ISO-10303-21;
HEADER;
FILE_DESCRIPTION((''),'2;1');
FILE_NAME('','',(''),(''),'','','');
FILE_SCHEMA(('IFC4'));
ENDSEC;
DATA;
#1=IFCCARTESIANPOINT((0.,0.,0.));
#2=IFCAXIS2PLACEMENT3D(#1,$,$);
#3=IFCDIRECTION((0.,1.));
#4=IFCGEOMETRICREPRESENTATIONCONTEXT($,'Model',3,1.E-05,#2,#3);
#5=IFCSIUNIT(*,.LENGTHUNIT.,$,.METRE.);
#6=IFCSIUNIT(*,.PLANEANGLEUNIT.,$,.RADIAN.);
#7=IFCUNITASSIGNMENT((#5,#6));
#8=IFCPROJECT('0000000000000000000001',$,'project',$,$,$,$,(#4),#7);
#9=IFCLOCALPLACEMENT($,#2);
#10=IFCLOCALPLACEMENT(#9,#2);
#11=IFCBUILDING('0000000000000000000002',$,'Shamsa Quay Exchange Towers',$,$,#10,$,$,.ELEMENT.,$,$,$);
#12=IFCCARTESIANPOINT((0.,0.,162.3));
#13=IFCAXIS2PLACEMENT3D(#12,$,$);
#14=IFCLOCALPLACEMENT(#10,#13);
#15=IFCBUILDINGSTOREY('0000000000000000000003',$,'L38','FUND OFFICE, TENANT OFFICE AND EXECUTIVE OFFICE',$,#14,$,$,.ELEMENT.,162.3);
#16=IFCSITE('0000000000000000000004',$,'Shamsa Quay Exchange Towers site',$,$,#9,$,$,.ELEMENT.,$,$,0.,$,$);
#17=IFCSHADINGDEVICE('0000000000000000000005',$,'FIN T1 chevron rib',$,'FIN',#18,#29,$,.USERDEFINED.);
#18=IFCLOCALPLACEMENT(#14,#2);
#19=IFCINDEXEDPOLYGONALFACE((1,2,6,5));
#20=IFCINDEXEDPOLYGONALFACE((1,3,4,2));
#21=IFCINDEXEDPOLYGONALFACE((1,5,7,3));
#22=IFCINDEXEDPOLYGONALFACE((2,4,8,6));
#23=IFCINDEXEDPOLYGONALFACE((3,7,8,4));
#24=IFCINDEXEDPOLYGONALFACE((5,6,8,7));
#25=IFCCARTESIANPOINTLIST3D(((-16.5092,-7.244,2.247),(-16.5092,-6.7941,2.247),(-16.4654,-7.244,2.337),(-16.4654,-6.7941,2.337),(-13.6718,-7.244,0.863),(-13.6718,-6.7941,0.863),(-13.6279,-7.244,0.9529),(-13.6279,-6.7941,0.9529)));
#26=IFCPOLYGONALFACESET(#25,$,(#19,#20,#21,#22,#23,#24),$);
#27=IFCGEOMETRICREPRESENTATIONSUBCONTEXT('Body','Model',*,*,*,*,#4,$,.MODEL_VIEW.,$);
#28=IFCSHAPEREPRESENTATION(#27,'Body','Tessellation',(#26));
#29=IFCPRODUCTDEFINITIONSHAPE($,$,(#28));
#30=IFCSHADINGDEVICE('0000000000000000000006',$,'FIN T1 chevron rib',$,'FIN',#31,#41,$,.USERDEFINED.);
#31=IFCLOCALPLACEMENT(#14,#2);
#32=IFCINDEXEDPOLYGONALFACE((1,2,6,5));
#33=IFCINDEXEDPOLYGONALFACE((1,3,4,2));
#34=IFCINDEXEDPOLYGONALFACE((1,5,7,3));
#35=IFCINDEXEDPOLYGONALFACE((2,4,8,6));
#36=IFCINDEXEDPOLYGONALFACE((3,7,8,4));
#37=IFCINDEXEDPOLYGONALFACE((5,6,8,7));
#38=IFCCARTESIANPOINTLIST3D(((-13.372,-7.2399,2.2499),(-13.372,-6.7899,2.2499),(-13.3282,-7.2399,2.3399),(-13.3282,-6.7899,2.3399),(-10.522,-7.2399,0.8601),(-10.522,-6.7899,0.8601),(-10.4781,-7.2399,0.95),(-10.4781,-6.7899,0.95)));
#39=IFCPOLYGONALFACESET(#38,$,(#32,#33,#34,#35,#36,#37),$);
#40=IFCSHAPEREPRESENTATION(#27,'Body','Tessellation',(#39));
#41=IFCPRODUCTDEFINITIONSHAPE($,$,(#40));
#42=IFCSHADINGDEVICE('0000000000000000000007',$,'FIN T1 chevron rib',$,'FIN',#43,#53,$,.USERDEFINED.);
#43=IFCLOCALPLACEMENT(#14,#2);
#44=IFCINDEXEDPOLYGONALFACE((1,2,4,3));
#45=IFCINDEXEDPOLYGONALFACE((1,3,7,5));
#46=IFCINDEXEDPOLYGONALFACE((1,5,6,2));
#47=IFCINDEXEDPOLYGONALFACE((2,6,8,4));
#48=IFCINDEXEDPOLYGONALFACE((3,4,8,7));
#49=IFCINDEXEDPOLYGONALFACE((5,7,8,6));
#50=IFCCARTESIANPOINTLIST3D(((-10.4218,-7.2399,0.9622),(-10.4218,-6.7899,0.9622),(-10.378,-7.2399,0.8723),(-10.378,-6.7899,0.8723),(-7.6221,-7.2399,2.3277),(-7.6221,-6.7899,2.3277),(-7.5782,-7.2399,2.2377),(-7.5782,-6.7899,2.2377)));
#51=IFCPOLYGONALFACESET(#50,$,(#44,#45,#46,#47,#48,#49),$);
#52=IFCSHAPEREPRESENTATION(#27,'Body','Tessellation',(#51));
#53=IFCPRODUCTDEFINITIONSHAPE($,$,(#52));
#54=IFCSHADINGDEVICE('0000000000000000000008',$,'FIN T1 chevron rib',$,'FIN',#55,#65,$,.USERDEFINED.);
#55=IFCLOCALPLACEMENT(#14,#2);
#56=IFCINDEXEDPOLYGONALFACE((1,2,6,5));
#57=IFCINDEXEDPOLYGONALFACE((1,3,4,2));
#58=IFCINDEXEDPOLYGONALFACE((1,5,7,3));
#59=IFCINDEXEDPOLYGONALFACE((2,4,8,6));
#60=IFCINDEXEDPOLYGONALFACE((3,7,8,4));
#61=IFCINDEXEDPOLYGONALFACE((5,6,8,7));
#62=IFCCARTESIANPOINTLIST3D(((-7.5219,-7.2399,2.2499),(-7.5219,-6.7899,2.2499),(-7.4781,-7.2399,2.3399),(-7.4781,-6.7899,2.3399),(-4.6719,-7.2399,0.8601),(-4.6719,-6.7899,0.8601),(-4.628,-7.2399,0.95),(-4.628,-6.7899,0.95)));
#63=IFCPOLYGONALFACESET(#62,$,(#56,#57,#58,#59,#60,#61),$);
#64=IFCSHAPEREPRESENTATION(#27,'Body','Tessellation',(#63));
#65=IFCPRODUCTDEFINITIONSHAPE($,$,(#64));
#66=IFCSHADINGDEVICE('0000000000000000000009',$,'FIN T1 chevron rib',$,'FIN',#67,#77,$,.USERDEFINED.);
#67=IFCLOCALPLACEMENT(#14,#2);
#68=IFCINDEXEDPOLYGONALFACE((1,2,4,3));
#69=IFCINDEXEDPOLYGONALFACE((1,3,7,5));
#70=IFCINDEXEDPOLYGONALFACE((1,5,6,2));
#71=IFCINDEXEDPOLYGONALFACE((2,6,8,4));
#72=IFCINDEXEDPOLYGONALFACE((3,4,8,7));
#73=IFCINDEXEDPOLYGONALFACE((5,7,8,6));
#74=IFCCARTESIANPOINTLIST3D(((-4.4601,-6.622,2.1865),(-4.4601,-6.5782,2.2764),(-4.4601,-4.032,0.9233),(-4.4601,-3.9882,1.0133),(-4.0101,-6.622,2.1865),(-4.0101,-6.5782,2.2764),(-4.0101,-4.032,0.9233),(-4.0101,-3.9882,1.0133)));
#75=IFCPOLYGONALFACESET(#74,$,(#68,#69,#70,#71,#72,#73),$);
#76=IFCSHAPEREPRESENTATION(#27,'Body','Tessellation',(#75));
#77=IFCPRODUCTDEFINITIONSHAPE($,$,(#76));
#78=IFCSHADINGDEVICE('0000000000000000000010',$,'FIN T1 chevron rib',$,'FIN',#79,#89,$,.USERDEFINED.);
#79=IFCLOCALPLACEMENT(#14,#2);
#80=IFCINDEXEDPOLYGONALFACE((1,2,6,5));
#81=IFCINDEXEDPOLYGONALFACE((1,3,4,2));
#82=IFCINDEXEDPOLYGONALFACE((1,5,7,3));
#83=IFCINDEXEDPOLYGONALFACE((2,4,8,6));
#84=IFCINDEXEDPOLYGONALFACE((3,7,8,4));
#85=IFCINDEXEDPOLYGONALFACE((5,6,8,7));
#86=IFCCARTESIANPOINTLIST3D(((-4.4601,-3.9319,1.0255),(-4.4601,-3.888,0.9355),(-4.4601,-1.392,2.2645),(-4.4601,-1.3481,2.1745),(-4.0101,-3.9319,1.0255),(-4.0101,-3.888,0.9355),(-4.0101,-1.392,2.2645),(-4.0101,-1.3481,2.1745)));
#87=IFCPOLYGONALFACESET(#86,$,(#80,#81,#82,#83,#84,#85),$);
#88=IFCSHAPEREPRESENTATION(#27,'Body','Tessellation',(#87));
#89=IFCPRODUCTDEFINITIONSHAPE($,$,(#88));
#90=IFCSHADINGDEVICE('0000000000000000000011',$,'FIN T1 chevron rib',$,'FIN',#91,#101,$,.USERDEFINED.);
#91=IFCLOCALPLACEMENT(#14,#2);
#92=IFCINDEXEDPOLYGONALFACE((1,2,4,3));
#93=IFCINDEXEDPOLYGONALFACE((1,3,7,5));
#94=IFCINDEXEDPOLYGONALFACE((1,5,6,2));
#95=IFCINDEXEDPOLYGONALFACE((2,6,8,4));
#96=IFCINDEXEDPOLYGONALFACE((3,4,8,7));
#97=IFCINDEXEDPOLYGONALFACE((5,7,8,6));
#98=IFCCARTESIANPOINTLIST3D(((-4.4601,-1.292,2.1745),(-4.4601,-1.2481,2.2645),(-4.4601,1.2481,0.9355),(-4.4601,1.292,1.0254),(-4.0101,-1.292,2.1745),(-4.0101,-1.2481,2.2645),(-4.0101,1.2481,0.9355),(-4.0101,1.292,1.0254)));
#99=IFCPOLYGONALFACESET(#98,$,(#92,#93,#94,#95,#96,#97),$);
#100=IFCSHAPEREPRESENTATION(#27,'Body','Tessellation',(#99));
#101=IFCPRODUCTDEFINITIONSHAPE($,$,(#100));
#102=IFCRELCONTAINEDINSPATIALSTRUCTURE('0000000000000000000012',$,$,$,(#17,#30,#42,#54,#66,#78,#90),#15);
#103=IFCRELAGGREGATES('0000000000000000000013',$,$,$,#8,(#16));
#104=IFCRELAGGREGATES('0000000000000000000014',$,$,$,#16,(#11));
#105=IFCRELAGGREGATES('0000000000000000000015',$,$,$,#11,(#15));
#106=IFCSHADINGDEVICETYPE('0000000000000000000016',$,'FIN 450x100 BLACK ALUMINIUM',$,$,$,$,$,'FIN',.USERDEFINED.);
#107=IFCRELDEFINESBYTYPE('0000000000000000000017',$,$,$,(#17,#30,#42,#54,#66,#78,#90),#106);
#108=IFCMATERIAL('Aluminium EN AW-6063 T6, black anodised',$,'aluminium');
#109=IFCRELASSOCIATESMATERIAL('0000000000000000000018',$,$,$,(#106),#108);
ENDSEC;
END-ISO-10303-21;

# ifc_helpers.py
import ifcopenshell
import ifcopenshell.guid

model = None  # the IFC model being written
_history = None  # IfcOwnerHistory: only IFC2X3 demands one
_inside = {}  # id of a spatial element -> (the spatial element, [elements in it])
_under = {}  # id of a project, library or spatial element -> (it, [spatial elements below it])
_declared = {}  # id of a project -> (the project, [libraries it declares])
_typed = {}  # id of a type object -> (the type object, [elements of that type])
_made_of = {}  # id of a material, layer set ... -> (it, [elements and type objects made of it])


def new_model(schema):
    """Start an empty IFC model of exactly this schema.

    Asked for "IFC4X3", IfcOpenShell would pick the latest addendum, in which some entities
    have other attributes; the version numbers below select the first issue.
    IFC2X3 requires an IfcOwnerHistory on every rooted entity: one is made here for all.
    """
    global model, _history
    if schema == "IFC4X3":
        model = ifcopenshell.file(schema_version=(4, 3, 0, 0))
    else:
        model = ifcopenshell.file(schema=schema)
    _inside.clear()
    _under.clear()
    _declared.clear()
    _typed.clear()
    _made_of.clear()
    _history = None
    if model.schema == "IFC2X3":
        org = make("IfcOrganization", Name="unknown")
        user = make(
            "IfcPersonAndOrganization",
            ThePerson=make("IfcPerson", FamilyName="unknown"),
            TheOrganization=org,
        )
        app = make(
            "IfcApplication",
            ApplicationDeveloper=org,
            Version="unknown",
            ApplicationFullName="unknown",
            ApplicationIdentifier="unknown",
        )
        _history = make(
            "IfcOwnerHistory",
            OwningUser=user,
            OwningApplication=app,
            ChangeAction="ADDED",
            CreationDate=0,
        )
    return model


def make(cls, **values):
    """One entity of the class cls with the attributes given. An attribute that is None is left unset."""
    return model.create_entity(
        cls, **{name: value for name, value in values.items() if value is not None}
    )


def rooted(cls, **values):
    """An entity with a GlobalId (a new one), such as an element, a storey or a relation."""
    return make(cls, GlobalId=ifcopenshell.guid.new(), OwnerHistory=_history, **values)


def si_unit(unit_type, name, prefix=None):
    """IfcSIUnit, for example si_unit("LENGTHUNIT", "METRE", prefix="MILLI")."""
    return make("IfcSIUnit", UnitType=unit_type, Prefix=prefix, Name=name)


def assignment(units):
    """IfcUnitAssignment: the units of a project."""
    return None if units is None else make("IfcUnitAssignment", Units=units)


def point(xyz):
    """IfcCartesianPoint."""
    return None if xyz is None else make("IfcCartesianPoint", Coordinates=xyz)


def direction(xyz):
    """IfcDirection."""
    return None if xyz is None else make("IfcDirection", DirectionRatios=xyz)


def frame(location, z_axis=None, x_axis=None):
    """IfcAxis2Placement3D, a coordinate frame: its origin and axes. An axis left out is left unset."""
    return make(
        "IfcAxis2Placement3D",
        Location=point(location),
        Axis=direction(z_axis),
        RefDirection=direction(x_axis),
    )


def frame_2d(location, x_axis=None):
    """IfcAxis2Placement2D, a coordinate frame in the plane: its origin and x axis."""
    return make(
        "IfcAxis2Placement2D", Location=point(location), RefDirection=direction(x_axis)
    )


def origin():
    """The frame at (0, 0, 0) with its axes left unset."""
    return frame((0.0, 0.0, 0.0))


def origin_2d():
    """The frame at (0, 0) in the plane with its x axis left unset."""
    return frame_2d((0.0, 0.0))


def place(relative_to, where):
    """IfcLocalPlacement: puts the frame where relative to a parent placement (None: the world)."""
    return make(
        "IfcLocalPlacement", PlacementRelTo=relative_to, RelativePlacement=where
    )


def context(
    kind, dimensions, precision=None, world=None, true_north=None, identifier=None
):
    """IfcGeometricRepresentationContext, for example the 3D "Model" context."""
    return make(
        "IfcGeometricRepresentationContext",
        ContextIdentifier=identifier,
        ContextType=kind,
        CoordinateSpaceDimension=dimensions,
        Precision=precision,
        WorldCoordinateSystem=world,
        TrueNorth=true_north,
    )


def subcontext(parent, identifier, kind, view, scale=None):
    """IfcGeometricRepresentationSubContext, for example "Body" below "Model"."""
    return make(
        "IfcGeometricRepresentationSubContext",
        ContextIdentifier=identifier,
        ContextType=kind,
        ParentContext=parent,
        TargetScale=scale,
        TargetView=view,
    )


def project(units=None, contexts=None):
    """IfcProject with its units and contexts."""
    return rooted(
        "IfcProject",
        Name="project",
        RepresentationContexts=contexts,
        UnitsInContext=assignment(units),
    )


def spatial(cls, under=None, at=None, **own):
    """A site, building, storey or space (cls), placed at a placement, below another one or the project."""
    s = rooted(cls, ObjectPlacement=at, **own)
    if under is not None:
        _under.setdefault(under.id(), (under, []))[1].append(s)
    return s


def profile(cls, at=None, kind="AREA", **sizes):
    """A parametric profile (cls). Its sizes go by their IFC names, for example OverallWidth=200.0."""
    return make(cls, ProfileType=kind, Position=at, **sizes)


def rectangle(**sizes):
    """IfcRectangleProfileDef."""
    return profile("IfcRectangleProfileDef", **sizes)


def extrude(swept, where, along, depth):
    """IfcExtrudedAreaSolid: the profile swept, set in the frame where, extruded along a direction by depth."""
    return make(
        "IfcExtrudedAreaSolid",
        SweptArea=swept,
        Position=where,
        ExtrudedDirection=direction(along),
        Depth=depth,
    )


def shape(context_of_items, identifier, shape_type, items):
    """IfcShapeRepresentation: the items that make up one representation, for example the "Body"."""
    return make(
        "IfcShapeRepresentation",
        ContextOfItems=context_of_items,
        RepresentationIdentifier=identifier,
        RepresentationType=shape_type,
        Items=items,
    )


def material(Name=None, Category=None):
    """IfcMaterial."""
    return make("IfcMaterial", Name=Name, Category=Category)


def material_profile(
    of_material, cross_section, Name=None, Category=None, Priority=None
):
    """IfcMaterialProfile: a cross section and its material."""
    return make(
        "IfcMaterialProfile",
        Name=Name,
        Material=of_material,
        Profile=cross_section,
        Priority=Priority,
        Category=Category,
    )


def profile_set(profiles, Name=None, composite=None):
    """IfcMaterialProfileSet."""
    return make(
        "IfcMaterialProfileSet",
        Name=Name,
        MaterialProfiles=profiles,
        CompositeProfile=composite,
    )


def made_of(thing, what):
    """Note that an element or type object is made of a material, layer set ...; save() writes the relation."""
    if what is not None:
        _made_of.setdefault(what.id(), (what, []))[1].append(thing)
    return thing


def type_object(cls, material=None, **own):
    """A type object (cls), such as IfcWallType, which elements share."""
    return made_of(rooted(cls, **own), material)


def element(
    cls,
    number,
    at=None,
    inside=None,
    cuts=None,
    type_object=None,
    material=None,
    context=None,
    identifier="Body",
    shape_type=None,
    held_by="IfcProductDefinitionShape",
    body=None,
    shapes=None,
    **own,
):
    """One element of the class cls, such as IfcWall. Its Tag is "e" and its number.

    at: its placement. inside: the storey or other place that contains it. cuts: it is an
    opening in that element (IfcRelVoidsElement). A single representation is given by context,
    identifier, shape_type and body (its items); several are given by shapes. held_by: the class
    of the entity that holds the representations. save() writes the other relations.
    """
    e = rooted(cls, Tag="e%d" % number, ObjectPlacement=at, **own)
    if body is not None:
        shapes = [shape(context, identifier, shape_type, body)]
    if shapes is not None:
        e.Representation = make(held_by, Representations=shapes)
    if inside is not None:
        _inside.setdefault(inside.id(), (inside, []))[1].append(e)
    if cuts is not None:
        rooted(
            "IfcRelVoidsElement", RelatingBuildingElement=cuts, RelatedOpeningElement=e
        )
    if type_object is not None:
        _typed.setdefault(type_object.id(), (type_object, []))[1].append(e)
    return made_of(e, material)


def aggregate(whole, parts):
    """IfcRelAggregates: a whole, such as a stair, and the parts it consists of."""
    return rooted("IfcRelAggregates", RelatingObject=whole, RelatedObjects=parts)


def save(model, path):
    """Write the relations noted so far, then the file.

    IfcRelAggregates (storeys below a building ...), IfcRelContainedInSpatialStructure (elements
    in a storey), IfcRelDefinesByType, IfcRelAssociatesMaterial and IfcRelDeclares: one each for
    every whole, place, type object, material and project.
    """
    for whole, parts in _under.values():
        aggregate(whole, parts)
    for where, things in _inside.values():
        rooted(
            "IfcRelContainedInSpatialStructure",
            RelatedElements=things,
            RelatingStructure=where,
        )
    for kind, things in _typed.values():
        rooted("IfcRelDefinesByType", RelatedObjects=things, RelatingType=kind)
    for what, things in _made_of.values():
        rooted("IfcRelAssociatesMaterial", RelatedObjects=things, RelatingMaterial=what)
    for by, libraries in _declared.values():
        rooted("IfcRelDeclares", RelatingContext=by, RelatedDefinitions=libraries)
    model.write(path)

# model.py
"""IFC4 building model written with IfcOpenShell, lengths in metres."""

from ifc_helpers import new_model, si_unit, direction, frame, origin, origin_2d, place, context, subcontext, project, spatial, rectangle, extrude, material, material_profile, profile_set, type_object, element, save


model = new_model("IFC4")

# Units and contexts
model_context = context("Model", 3, precision=1e-05, world=origin(), true_north=direction((0.0, 1.0)))
body_context = subcontext(model_context, "Body", "Model", "MODEL_VIEW")
ifc_project = project(units=[si_unit("LENGTHUNIT", "METRE"), si_unit("PLANEANGLEUNIT", "RADIAN")], contexts=[model_context])

# Site, building, storey
site_placement = place(None, origin())
site = spatial("IfcSite", under=ifc_project, at=site_placement, Name="Shamsa Quay Exchange Towers site", CompositionType="ELEMENT", RefElevation=0.0)
building_placement = place(site_placement, origin())
building = spatial("IfcBuilding", under=site, at=building_placement, Name="Shamsa Quay Exchange Towers", CompositionType="ELEMENT")
storey_placement = place(building_placement, frame((0.0, 0.0, 162.3)))
storey = spatial("IfcBuildingStorey", under=building, at=storey_placement, Name="L38", Description="FUND OFFICE, TENANT OFFICE AND EXECUTIVE OFFICE", CompositionType="ELEMENT", Elevation=162.3)

# Shared definitions
ifc_material_1 = material(Name="Aluminium EN AW-6063 T6, black anodised", Category="aluminium")

# Shading devices
ifc_material_profile_1 = material_profile(ifc_material_1, rectangle(XDim=0.45, YDim=0.1001, at=origin_2d()), Name="FIN450x100")
ifc_profile_set_1 = profile_set([ifc_material_profile_1], Name="Aluminium EN AW-6063 T6, black anodised")
shading_device_type = type_object("IfcShadingDeviceType", Name="FIN 450x100 BLACK ALUMINIUM", ElementType="FIN", PredefinedType="USERDEFINED", material=ifc_profile_set_1)
shading_device_1_placement = place(storey_placement, frame((-16.4873, -7.019, 2.292), z_axis=(0.898777, 0.0, -0.438407), x_axis=(0.0, 1.0, 0.0)))
element("IfcShadingDevice", 1, at=shading_device_1_placement, inside=storey, type_object=shading_device_type, Name="FIN T1 chevron rib", ObjectType="FIN", PredefinedType="USERDEFINED", context=body_context, shape_type="SweptSolid", body=[
    extrude(rectangle(XDim=0.45, YDim=0.1001, at=origin_2d()), origin(), (0.0, 0.0, 1.0), 3.157),
])
shading_device_2_placement = place(storey_placement, frame((-13.3501, -7.0149, 2.2949), z_axis=(0.898818, 0.0, -0.438322), x_axis=(0.0, 1.0, 0.0)))
element("IfcShadingDevice", 2, at=shading_device_2_placement, inside=storey, type_object=shading_device_type, Name="FIN T1 chevron rib", ObjectType="FIN", PredefinedType="USERDEFINED", context=body_context, shape_type="SweptSolid", body=[
    extrude(rectangle(XDim=0.45, YDim=0.1001, at=origin_2d()), origin(), (0.0, 0.0, 1.0), 3.1709),
])
shading_device_3_placement = place(storey_placement, frame((-10.3999, -7.0149, 0.9172), z_axis=(0.898804, 0.0, 0.438351), x_axis=(0.0, 1.0, 0.0)))
element("IfcShadingDevice", 3, at=shading_device_3_placement, inside=storey, type_object=shading_device_type, Name="FIN T1 chevron rib", ObjectType="FIN", PredefinedType="USERDEFINED", context=body_context, shape_type="SweptSolid", body=[
    extrude(rectangle(XDim=0.45, YDim=0.1001, at=origin_2d()), origin(), (0.0, 0.0, 1.0), 3.115),
])
shading_device_4_placement = place(storey_placement, frame((-7.5, -7.0149, 2.2949), z_axis=(0.898818, 0.0, -0.438322), x_axis=(0.0, 1.0, 0.0)))
element("IfcShadingDevice", 4, at=shading_device_4_placement, inside=storey, type_object=shading_device_type, Name="FIN T1 chevron rib", ObjectType="FIN", PredefinedType="USERDEFINED", context=body_context, shape_type="SweptSolid", body=[
    extrude(rectangle(XDim=0.45, YDim=0.1001, at=origin_2d()), origin(), (0.0, 0.0, 1.0), 3.1709),
])
shading_device_5_placement = place(storey_placement, frame((-4.2351, -6.6001, 2.2314), z_axis=(0.0, 0.898806, -0.438347), x_axis=(-1.0, 0.0, 0.0)))
element("IfcShadingDevice", 5, at=shading_device_5_placement, inside=storey, type_object=shading_device_type, Name="FIN T1 chevron rib", ObjectType="FIN", PredefinedType="USERDEFINED", context=body_context, shape_type="SweptSolid", body=[
    extrude(rectangle(XDim=0.45, YDim=0.1001, at=origin_2d()), origin(), (0.0, 0.0, 1.0), 2.8816),
])
shading_device_6_placement = place(storey_placement, frame((-4.2351, -3.9099, 0.9805), z_axis=(0.0, 0.898756, 0.438449), x_axis=(-1.0, 0.0, 0.0)))
element("IfcShadingDevice", 6, at=shading_device_6_placement, inside=storey, type_object=shading_device_type, Name="FIN T1 chevron rib", ObjectType="FIN", PredefinedType="USERDEFINED", context=body_context, shape_type="SweptSolid", body=[
    extrude(rectangle(XDim=0.45, YDim=0.1001, at=origin_2d()), origin(), (0.0, 0.0, 1.0), 2.8259),
])
shading_device_7_placement = place(storey_placement, frame((-4.2351, -1.27, 2.2195), z_axis=(0.0, 0.898773, -0.438415), x_axis=(-1.0, 0.0, 0.0)))
element("IfcShadingDevice", 7, at=shading_device_7_placement, inside=storey, type_object=shading_device_type, Name="FIN T1 chevron rib", ObjectType="FIN", PredefinedType="USERDEFINED", context=body_context, shape_type="SweptSolid", body=[
    extrude(rectangle(XDim=0.45, YDim=0.1001, at=origin_2d()), origin(), (0.0, 0.0, 1.0), 2.8262),
])

save(model, "model.ifc")
